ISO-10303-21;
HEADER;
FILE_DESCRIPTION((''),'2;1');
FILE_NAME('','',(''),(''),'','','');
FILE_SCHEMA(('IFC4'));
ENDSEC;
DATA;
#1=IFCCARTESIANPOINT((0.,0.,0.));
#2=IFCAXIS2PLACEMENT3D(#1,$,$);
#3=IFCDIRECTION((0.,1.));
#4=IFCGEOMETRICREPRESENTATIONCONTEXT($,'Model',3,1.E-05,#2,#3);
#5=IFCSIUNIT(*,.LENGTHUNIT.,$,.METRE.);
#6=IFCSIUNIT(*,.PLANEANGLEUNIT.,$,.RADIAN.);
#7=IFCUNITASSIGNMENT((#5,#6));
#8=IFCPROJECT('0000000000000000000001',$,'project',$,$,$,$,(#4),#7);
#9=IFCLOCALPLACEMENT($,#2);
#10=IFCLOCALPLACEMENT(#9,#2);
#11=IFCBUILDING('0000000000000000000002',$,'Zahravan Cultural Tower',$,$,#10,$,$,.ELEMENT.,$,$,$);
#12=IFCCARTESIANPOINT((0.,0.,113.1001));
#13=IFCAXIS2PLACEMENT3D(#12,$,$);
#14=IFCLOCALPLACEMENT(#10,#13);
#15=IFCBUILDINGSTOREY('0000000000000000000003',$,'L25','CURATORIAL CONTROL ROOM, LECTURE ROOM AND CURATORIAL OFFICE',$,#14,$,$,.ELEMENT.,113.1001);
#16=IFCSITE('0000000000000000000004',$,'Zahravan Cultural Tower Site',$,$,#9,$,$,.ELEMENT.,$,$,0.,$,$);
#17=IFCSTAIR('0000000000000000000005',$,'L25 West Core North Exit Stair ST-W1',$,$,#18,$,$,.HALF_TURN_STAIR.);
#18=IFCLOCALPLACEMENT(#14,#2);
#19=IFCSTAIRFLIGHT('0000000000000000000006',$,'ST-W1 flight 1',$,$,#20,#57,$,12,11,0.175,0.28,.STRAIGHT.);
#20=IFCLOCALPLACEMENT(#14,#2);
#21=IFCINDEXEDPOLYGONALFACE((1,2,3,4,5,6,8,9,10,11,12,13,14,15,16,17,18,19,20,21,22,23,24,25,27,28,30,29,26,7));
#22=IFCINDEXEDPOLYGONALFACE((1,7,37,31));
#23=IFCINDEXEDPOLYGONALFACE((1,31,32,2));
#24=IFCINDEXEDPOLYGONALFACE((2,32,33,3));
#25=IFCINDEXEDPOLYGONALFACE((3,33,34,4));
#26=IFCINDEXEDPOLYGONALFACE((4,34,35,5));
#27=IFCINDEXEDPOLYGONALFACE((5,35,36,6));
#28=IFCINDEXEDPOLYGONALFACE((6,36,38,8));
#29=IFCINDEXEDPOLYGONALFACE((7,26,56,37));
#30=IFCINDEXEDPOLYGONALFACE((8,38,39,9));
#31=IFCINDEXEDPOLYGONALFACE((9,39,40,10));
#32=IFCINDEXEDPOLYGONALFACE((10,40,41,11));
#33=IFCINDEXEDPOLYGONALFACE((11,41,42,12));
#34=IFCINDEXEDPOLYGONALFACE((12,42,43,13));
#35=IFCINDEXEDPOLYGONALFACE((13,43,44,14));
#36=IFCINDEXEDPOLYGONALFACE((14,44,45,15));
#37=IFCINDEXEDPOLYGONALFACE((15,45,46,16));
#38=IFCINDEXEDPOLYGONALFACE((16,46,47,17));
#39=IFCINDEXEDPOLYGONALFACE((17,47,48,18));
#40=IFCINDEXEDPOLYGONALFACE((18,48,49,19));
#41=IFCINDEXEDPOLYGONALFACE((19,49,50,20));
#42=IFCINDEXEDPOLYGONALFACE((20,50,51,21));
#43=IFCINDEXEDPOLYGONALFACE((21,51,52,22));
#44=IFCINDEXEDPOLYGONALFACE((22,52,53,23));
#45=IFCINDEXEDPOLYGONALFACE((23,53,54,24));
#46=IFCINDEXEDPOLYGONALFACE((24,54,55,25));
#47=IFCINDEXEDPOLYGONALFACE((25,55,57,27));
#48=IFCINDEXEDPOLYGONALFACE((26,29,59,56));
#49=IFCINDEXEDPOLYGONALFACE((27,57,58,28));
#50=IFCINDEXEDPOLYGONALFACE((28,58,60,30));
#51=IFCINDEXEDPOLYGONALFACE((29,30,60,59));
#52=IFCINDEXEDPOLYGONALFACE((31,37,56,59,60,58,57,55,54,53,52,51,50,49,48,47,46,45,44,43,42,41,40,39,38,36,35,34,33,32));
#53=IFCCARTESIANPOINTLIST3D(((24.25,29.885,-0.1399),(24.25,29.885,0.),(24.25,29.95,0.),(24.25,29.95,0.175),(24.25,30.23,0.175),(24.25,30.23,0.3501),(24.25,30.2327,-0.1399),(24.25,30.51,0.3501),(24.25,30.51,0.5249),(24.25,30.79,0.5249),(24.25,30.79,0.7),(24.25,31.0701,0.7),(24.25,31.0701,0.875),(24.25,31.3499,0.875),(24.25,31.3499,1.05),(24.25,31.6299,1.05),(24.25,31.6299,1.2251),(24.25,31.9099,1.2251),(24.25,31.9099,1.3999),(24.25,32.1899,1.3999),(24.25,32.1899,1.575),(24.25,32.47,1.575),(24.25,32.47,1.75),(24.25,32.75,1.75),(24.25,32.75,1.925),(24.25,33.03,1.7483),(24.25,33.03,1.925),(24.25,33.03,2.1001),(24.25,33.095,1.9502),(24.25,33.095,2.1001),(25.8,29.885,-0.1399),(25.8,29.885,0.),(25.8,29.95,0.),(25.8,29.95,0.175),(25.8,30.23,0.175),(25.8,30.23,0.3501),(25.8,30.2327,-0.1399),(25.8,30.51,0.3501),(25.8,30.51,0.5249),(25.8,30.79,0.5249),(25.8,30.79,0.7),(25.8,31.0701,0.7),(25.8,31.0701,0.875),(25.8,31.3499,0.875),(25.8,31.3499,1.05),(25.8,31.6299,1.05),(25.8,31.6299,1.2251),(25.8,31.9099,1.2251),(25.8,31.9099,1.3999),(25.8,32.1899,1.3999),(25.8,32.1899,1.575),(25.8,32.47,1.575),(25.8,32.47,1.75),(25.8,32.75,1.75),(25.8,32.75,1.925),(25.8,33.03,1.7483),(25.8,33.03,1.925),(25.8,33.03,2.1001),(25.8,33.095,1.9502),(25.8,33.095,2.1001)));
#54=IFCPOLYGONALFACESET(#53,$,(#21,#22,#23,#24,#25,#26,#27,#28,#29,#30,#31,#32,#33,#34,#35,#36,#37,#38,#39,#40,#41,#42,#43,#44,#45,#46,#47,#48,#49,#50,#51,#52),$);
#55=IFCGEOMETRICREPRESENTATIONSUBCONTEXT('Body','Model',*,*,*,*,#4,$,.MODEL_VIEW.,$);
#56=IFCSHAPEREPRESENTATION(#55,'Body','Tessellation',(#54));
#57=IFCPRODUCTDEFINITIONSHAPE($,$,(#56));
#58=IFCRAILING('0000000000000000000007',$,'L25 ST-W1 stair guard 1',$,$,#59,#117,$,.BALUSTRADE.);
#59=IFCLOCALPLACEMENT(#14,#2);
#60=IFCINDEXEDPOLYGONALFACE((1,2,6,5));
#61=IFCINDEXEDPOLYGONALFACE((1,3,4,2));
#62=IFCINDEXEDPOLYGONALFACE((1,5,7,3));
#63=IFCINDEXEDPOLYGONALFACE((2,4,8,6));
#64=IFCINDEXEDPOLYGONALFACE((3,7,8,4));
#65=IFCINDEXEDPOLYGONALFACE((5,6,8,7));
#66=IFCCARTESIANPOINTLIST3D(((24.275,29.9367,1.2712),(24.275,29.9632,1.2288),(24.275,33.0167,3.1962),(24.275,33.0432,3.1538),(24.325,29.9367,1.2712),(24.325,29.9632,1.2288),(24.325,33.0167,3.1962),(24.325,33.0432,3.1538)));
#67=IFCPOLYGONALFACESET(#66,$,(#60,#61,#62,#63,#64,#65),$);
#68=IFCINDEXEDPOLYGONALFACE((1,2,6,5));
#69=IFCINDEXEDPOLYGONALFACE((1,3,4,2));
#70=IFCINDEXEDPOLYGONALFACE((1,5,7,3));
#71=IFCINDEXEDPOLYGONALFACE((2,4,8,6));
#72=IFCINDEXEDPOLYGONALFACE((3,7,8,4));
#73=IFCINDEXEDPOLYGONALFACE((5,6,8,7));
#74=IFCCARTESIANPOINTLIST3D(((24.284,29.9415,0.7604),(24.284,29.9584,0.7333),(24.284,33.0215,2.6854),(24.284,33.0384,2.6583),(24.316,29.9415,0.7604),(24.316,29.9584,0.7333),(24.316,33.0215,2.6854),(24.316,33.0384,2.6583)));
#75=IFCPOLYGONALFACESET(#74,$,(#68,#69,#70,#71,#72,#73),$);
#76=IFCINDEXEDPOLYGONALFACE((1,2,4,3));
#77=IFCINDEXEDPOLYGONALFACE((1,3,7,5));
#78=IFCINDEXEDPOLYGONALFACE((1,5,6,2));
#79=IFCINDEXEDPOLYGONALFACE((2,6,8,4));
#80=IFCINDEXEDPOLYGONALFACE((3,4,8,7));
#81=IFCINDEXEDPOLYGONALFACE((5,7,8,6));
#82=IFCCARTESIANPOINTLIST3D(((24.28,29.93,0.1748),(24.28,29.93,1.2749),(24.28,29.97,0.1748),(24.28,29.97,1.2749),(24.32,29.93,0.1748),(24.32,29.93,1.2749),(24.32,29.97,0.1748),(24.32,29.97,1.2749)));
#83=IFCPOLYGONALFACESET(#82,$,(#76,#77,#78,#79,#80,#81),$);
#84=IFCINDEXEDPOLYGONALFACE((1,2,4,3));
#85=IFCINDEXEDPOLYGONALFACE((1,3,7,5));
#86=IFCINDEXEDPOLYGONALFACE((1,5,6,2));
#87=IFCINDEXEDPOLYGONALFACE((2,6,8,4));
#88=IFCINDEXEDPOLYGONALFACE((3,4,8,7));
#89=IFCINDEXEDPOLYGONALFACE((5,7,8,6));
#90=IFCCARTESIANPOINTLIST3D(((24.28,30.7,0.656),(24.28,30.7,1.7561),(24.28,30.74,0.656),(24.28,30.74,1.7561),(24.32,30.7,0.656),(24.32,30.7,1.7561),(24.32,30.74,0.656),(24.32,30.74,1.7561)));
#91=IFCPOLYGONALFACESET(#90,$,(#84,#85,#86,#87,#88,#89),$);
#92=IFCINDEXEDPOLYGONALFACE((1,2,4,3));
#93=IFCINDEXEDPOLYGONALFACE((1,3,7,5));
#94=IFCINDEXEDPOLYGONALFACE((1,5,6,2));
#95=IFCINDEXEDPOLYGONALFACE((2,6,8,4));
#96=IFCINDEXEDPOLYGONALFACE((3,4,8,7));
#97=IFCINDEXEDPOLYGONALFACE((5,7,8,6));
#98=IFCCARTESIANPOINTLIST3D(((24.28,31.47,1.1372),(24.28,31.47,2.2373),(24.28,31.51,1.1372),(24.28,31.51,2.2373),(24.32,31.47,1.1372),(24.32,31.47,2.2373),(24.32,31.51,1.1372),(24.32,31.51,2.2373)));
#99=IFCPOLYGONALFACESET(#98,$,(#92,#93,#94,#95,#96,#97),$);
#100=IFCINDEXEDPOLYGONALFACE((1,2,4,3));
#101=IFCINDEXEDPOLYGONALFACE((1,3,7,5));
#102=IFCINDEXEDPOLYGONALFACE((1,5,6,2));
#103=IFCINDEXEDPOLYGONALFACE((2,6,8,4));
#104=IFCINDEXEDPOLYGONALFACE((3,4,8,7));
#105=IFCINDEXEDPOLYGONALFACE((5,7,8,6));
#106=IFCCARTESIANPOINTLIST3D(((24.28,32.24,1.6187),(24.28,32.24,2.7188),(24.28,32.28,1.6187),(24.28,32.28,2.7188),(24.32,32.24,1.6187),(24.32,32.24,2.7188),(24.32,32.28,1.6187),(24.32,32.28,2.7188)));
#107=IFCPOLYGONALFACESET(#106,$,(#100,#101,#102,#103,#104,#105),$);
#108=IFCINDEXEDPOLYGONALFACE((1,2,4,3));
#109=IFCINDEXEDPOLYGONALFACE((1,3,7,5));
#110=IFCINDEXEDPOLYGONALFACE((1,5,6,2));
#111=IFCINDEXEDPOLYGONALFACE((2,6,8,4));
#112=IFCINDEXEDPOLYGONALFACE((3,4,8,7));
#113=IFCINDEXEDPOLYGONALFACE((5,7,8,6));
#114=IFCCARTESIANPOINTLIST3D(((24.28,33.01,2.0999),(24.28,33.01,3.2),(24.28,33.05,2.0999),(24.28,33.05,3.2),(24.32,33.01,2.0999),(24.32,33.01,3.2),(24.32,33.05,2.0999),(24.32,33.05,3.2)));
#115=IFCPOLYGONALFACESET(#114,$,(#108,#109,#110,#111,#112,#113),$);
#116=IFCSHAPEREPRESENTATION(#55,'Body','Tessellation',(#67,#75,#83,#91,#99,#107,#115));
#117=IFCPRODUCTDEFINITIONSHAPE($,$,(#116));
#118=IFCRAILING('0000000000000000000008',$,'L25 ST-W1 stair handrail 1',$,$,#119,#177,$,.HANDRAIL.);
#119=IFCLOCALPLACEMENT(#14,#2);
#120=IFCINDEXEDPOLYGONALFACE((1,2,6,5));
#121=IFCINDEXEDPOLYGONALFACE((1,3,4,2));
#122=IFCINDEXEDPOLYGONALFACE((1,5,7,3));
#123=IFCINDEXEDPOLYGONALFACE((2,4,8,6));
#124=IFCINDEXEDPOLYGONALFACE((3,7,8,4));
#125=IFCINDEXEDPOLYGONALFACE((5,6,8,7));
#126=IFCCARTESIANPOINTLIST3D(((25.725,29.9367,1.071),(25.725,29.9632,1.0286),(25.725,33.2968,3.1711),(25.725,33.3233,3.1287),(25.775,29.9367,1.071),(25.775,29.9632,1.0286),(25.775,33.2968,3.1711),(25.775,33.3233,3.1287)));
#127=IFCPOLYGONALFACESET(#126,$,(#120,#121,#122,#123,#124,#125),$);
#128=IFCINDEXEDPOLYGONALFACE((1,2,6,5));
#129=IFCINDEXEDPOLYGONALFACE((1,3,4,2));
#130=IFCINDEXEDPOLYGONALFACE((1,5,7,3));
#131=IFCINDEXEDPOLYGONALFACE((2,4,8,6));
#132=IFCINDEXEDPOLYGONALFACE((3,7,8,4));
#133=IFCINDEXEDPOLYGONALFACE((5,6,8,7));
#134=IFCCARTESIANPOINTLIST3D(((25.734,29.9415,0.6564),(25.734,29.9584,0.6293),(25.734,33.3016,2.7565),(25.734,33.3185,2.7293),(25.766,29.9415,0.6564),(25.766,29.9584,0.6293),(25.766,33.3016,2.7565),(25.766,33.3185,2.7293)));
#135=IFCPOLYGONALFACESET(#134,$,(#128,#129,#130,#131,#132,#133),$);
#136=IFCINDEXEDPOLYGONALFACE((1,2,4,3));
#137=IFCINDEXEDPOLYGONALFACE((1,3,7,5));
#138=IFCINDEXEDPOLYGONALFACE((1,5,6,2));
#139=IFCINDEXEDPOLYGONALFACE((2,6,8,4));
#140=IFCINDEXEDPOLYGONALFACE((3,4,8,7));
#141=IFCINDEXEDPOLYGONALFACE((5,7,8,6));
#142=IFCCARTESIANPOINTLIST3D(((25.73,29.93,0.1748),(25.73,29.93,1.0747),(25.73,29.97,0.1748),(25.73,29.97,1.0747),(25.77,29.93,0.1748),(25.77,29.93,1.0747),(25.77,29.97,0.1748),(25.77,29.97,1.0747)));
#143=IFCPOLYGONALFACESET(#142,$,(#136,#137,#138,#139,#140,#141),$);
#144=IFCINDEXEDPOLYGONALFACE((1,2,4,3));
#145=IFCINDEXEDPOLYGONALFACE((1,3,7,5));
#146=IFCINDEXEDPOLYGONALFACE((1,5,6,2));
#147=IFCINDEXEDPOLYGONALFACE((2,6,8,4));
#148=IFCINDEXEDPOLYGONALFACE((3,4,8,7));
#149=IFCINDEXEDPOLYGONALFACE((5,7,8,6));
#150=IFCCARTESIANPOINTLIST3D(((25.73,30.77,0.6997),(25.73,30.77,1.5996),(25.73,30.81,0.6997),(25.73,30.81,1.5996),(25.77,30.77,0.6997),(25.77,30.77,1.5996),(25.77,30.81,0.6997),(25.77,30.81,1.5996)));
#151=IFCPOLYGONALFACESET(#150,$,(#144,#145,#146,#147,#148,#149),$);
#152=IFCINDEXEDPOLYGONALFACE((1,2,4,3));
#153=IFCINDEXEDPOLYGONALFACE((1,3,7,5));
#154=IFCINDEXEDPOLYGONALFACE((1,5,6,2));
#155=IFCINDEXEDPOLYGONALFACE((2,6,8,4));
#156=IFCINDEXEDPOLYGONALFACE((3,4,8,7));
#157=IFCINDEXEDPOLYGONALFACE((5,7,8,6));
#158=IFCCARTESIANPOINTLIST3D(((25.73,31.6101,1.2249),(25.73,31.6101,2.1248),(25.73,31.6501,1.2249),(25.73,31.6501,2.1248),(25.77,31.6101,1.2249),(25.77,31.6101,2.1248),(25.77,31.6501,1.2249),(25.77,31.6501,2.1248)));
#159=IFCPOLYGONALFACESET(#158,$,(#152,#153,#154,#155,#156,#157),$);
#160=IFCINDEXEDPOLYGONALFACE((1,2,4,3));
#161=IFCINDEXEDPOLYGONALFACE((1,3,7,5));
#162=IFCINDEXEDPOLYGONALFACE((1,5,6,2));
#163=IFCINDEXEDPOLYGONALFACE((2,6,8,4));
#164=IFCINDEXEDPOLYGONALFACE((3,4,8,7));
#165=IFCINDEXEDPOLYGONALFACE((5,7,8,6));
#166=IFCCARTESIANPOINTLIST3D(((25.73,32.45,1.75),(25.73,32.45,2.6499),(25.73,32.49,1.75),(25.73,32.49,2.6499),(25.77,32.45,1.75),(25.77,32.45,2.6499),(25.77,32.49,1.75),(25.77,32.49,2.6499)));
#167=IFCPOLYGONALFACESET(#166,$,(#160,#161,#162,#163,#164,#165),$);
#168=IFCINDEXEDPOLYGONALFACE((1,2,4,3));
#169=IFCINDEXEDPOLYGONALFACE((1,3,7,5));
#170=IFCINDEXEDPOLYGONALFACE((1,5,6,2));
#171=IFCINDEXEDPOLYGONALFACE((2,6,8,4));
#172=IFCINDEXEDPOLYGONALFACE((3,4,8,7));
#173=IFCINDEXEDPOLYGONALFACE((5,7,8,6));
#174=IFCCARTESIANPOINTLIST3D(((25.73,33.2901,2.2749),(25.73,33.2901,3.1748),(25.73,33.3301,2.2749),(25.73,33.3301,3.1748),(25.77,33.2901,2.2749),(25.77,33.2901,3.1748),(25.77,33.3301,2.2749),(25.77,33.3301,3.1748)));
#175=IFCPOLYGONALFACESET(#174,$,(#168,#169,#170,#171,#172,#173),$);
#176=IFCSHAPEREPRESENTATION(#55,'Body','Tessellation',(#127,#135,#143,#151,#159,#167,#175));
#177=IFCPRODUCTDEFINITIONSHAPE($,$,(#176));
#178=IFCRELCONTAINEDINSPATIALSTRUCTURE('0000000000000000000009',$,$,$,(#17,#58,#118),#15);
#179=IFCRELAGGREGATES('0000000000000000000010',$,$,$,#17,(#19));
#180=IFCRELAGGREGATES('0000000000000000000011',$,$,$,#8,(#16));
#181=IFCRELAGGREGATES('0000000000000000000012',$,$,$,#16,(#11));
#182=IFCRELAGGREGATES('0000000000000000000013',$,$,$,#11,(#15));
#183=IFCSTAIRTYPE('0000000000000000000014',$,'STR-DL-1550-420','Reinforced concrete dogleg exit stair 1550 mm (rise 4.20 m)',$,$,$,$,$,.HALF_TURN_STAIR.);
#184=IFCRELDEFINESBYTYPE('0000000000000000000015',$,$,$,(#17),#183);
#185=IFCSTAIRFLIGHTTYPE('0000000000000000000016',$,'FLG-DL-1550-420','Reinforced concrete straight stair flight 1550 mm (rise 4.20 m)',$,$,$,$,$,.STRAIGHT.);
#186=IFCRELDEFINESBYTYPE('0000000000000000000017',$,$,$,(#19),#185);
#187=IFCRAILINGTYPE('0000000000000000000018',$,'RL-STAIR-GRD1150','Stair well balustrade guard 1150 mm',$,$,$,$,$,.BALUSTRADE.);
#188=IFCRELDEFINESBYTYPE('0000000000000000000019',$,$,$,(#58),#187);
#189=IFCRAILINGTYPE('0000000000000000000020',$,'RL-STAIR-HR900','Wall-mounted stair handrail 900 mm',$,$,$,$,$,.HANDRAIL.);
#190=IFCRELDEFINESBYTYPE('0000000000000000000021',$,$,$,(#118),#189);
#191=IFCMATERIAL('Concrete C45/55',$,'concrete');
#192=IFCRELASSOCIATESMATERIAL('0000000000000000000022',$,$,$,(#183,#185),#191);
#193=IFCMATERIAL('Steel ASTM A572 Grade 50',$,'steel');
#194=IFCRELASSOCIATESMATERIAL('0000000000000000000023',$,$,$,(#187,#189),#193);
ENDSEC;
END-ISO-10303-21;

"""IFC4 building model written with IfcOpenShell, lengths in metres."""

from ifc_helpers import new_model, si_unit, direction, frame, origin, origin_2d, place, context, subcontext, project, spatial, polyline, rectangle, outline, extrude, material, type_object, element, aggregate, save


model = new_model("IFC4")

# Units and contexts
model_context = context("Model", 3, precision=1e-05, world=origin(), true_north=direction((0.0, 1.0)))
body_context = subcontext(model_context, "Body", "Model", "MODEL_VIEW")
ifc_project = project(units=[si_unit("LENGTHUNIT", "METRE"), si_unit("PLANEANGLEUNIT", "RADIAN")], contexts=[model_context])

# Site, building, storey
site_placement = place(None, origin())
site = spatial("IfcSite", under=ifc_project, at=site_placement, Name="Zahravan Cultural Tower Site", CompositionType="ELEMENT", RefElevation=0.0)
building_placement = place(site_placement, origin())
building = spatial("IfcBuilding", under=site, at=building_placement, Name="Zahravan Cultural Tower", CompositionType="ELEMENT")
storey_placement = place(building_placement, frame((0.0, 0.0, 113.1001)))
storey = spatial("IfcBuildingStorey", under=building, at=storey_placement, Name="L25", Description="CURATORIAL CONTROL ROOM, LECTURE ROOM AND CURATORIAL OFFICE", CompositionType="ELEMENT", Elevation=113.1001)

# Shared definitions
ifc_material_1 = material(Name="Steel ASTM A572 Grade 50", Category="steel")
ifc_material_2 = material(Name="Concrete C45/55", Category="concrete")

# Stair, stair flight
stair_type = type_object("IfcStairType", Name="STR-DL-1550-420", Description="Reinforced concrete dogleg exit stair 1550 mm (rise 4.20 m)", PredefinedType="HALF_TURN_STAIR", material=ifc_material_2)
stair_placement = place(storey_placement, origin())
stair = element("IfcStair", 1, at=stair_placement, inside=storey, type_object=stair_type, Name="L25 West Core North Exit Stair ST-W1", PredefinedType="HALF_TURN_STAIR")
stair_flight_type = type_object("IfcStairFlightType", Name="FLG-DL-1550-420", Description="Reinforced concrete straight stair flight 1550 mm (rise 4.20 m)", PredefinedType="STRAIGHT", material=ifc_material_2)
stair_flight_placement = place(storey_placement, frame((25.0249, 29.95, 0.0), z_axis=(0.0, 0.0, 1.0), x_axis=(0.0, 1.0, 0.0)))
stair_flight = element("IfcStairFlight", 2, at=stair_flight_placement, type_object=stair_flight_type, Name="ST-W1 flight 1", NumberOfRisers=12, NumberOfTreads=11, PredefinedType="STRAIGHT", RiserHeight=0.175, TreadLength=0.28, context=body_context, shape_type="SweptSolid", body=[
    extrude(outline(polyline([(-0.0649, -0.1399), (-0.0649, 0.0), (0.0, 0.0), (0.0, 0.175), (0.28, 0.175), (0.28, 0.3501), (0.5601, 0.3501), (0.5601, 0.5249), (0.8401, 0.5249), (0.8401, 0.7), (1.1201, 0.7), (1.1201, 0.875), (1.3999, 0.875), (1.3999, 1.05), (1.6799, 1.05), (1.6799, 1.2251), (1.96, 1.2251), (1.96, 1.3999), (2.24, 1.3999), (2.24, 1.575), (2.52, 1.575), (2.52, 1.75), (2.8, 1.75), (2.8, 1.925), (3.0801, 1.925), (3.0801, 2.1001), (3.145, 2.1001), (3.145, 1.9502), (3.0801, 1.7483), (0.2827, -0.1399), (-0.0649, -0.1399)])), frame((0.0, 0.7749, 0.0), z_axis=(0.0, -1.0, 0.0), x_axis=(1.0, 0.0, 0.0)), (0.0, 0.0, 1.0), 1.55),
])
aggregate(stair, [stair_flight])

# Railings
railing_type_1 = type_object("IfcRailingType", Name="RL-STAIR-GRD1150", Description="Stair well balustrade guard 1150 mm", PredefinedType="BALUSTRADE", material=ifc_material_1)
railing_1_placement = place(storey_placement, frame((24.3, 29.95, 0.1748)))
element("IfcRailing", 3, at=railing_1_placement, inside=storey, type_object=railing_type_1, Name="L25 ST-W1 stair guard 1", PredefinedType="BALUSTRADE", context=body_context, shape_type="SweptSolid", body=[
    extrude(rectangle(XDim=0.05, YDim=0.05, at=origin_2d()), frame((0.0, 0.0, 1.0752), z_axis=(0.0, 0.847998, 0.529999), x_axis=(-1.0, 0.0, 0.0)), (0.0, 0.0, 1.0), 3.6321),
    extrude(rectangle(XDim=0.032, YDim=0.032, at=origin_2d()), frame((0.0, 0.0, 0.572), z_axis=(0.0, 0.847998, 0.529999), x_axis=(-1.0, 0.0, 0.0)), (0.0, 0.0, 1.0), 3.6321),
    extrude(rectangle(XDim=0.04, YDim=0.04, at=origin_2d()), origin(), (0.0, 0.0, 1.0), 1.1001),
    extrude(rectangle(XDim=0.04, YDim=0.04, at=origin_2d()), frame((0.0, 0.77, 0.4812)), (0.0, 0.0, 1.0), 1.1001),
    extrude(rectangle(XDim=0.04, YDim=0.04, at=origin_2d()), frame((0.0, 1.54, 0.9624)), (0.0, 0.0, 1.0), 1.1001),
    extrude(rectangle(XDim=0.04, YDim=0.04, at=origin_2d()), frame((0.0, 2.3101, 1.4438)), (0.0, 0.0, 1.0), 1.1001),
    extrude(rectangle(XDim=0.04, YDim=0.04, at=origin_2d()), frame((0.0, 3.0801, 1.925)), (0.0, 0.0, 1.0), 1.1001),
])
railing_type_2 = type_object("IfcRailingType", Name="RL-STAIR-HR900", Description="Wall-mounted stair handrail 900 mm", PredefinedType="HANDRAIL", material=ifc_material_1)
railing_2_placement = place(storey_placement, frame((25.75, 29.95, 0.1748)))
element("IfcRailing", 4, at=railing_2_placement, inside=storey, type_object=railing_type_2, Name="L25 ST-W1 stair handrail 1", PredefinedType="HANDRAIL", context=body_context, shape_type="SweptSolid", body=[
    extrude(rectangle(XDim=0.05, YDim=0.05, at=origin_2d()), frame((0.0, 0.0, 0.875), z_axis=(0.0, 0.847995, 0.530004), x_axis=(-1.0, 0.0, 0.0)), (0.0, 0.0, 1.0), 3.9624),
    extrude(rectangle(XDim=0.032, YDim=0.032, at=origin_2d()), frame((0.0, 0.0, 0.468), z_axis=(0.0, 0.847995, 0.530004), x_axis=(-1.0, 0.0, 0.0)), (0.0, 0.0, 1.0), 3.9624),
    extrude(rectangle(XDim=0.04, YDim=0.04, at=origin_2d()), origin(), (0.0, 0.0, 1.0), 0.8999),
    extrude(rectangle(XDim=0.04, YDim=0.04, at=origin_2d()), frame((0.0, 0.8401, 0.5249)), (0.0, 0.0, 1.0), 0.8999),
    extrude(rectangle(XDim=0.04, YDim=0.04, at=origin_2d()), frame((0.0, 1.6802, 1.05)), (0.0, 0.0, 1.0), 0.8999),
    extrude(rectangle(XDim=0.04, YDim=0.04, at=origin_2d()), frame((0.0, 2.52, 1.5752)), (0.0, 0.0, 1.0), 0.8999),
    extrude(rectangle(XDim=0.04, YDim=0.04, at=origin_2d()), frame((0.0, 3.3601, 2.1001)), (0.0, 0.0, 1.0), 0.8999),
])

save(model, "model.ifc")
